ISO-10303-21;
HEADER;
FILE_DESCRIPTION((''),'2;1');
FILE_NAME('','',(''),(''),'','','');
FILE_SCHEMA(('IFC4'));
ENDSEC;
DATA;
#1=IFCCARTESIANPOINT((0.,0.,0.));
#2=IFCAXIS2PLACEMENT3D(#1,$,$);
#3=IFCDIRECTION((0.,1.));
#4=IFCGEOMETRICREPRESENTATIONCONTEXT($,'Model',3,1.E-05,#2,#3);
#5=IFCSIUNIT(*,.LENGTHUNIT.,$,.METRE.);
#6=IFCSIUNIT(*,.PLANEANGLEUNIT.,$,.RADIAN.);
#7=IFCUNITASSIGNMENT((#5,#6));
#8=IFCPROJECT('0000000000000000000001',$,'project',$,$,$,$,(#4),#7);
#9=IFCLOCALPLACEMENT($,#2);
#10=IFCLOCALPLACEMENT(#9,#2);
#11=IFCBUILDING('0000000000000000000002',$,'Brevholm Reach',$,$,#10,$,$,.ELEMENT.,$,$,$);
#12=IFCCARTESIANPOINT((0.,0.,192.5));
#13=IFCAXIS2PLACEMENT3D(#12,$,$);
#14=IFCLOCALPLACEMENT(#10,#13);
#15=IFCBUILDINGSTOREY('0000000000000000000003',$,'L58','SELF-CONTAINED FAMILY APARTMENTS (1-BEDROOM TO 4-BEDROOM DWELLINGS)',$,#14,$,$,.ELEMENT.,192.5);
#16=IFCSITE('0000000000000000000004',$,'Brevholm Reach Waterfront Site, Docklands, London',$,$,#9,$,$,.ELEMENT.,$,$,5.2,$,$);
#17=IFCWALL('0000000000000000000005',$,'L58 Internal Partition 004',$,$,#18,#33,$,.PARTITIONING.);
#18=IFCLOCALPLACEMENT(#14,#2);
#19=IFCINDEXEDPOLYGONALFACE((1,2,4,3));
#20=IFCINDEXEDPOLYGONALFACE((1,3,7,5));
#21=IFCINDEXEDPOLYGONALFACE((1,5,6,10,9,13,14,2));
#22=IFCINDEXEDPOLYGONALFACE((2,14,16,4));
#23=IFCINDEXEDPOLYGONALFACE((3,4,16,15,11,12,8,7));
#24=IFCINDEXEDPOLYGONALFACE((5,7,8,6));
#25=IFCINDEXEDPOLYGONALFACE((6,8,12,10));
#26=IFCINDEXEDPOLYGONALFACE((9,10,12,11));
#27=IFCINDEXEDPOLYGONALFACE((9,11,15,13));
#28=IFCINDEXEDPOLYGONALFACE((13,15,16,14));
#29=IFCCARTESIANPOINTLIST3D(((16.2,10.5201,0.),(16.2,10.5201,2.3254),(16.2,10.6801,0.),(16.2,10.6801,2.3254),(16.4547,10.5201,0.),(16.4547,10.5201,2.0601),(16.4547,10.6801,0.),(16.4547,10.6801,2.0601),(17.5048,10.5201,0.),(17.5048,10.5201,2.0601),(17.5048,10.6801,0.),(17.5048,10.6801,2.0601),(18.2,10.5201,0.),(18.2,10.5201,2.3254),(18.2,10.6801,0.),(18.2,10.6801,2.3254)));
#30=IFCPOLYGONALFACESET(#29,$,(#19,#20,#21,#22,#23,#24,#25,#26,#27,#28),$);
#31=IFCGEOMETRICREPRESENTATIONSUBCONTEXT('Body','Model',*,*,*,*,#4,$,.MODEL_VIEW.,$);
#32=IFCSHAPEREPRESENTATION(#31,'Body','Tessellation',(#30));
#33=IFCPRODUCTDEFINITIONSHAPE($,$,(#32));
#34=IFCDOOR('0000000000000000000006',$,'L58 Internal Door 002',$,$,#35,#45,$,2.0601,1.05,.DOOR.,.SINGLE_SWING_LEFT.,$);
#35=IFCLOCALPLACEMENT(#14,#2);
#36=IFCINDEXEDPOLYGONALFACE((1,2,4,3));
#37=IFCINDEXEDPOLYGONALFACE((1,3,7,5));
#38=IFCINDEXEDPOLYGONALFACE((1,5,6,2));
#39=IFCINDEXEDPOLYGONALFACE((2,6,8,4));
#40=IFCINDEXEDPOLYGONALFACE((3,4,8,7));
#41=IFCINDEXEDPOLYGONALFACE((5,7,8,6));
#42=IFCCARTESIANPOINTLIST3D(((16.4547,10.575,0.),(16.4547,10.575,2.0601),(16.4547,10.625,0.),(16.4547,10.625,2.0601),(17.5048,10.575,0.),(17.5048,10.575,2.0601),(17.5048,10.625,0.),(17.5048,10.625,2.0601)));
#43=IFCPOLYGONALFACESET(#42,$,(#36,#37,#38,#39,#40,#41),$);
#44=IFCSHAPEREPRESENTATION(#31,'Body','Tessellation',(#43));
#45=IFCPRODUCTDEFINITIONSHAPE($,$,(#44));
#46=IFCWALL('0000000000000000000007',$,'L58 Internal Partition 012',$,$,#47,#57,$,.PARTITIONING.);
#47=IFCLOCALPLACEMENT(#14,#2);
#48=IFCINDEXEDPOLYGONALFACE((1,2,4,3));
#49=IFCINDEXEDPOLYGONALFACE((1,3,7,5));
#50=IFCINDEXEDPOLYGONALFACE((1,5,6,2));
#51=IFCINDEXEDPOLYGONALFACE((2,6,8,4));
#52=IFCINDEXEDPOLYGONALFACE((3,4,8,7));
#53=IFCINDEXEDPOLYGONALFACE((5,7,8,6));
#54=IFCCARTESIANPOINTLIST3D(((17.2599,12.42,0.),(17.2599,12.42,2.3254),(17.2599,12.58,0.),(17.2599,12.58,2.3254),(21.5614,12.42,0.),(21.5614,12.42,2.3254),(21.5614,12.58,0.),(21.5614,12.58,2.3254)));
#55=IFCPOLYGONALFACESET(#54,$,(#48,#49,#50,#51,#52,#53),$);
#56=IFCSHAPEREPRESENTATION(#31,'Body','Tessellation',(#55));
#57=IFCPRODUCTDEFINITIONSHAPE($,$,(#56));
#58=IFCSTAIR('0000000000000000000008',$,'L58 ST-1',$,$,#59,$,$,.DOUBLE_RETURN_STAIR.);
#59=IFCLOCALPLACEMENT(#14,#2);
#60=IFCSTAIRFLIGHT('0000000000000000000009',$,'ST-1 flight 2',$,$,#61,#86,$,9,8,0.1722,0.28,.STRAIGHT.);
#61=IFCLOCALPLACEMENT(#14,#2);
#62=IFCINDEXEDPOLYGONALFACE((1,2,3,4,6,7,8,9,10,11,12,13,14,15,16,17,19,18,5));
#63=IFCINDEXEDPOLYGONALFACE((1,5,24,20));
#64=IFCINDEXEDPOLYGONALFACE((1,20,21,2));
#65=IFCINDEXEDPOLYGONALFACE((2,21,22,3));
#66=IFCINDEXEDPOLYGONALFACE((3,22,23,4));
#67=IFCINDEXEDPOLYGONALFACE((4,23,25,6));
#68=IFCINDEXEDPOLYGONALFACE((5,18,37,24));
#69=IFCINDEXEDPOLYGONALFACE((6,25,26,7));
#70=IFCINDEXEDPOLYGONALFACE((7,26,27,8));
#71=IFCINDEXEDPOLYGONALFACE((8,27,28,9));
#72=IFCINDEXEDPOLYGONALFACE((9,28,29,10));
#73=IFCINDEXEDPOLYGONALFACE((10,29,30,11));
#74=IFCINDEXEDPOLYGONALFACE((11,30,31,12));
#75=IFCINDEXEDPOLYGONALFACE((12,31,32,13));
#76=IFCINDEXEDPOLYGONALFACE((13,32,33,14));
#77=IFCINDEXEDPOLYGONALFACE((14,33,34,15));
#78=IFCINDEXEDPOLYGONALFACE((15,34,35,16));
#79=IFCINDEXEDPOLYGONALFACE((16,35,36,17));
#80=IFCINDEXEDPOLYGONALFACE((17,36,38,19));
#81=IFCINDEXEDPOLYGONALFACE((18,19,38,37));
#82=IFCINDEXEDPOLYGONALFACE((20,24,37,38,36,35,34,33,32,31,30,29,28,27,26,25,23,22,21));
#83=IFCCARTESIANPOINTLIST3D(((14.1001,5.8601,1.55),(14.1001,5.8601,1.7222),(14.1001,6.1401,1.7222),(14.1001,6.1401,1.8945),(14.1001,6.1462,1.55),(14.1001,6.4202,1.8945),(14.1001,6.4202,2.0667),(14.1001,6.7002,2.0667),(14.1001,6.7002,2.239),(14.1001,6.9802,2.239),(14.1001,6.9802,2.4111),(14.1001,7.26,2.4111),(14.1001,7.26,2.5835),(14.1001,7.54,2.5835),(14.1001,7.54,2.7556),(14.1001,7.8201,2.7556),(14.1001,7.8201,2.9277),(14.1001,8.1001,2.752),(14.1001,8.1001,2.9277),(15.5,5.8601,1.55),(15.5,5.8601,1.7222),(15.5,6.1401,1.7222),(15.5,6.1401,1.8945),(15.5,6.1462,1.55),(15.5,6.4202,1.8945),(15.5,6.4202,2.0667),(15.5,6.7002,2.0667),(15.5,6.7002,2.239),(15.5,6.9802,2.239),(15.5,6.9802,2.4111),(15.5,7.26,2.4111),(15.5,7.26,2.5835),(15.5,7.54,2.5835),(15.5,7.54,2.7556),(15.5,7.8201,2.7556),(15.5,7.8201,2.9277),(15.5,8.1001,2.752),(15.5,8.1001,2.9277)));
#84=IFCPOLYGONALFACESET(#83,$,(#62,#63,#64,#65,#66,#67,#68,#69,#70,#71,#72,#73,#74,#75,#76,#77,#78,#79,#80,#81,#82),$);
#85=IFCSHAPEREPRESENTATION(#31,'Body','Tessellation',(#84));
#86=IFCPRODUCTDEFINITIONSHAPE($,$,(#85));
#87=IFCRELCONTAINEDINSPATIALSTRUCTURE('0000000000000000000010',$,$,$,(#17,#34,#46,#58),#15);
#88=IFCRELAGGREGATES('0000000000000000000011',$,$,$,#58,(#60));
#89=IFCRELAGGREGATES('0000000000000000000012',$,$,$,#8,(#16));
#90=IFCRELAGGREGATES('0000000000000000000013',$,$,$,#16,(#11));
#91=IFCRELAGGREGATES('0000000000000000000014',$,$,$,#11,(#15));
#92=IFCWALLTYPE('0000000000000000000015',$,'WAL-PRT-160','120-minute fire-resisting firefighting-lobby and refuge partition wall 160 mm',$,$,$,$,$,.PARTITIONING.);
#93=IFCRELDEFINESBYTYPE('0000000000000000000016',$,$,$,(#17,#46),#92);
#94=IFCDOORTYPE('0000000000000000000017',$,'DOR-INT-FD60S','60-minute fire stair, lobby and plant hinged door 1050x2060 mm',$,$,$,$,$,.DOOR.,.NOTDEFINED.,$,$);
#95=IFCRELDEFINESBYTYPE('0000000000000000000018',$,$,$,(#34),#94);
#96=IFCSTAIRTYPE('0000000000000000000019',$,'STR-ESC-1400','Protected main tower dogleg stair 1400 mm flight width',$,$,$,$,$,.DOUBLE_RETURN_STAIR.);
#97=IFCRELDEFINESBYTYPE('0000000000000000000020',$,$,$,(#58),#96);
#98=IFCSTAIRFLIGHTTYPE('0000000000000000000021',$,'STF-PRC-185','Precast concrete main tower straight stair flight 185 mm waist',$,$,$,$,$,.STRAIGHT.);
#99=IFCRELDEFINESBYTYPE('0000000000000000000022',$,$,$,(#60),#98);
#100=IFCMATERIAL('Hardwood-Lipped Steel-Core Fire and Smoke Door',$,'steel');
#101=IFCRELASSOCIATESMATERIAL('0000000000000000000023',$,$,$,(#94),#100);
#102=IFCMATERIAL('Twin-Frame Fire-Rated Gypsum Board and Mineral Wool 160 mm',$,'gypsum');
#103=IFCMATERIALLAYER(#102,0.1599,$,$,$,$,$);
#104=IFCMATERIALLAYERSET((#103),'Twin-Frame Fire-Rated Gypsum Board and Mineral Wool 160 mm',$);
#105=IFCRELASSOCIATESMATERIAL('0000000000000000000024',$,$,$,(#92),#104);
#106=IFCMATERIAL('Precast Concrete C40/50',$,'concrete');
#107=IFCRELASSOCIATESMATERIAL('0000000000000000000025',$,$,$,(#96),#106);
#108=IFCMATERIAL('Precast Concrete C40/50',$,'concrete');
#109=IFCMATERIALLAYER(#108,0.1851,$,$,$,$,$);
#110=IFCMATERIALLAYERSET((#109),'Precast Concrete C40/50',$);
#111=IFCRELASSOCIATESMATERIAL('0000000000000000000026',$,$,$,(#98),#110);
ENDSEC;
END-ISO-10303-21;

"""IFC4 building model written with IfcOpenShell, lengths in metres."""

from ifc_helpers import new_model, si_unit, direction, frame, frame_2d, origin, place, context, subcontext, project, spatial, polyline, rectangle, outline, extrude, material, layer, layer_set, type_object, element, fill, aggregate, save


model = new_model("IFC4")

# Units and contexts
model_context = context("Model", 3, precision=1e-05, world=origin(), true_north=direction((0.0, 1.0)))
body_context = subcontext(model_context, "Body", "Model", "MODEL_VIEW")
ifc_project = project(units=[si_unit("LENGTHUNIT", "METRE"), si_unit("PLANEANGLEUNIT", "RADIAN")], contexts=[model_context])

# Site, building, storey
site_placement = place(None, origin())
site = spatial("IfcSite", under=ifc_project, at=site_placement, Name="Brevholm Reach Waterfront Site, Docklands, London", CompositionType="ELEMENT", RefElevation=5.2)
building_placement = place(site_placement, origin())
building = spatial("IfcBuilding", under=site, at=building_placement, Name="Brevholm Reach", CompositionType="ELEMENT")
storey_placement = place(building_placement, frame((0.0, 0.0, 192.5)))
storey = spatial("IfcBuildingStorey", under=building, at=storey_placement, Name="L58", Description="SELF-CONTAINED FAMILY APARTMENTS (1-BEDROOM TO 4-BEDROOM DWELLINGS)", CompositionType="ELEMENT", Elevation=192.5)

# Shared definitions
ifc_material_1 = material(Name="Hardwood-Lipped Steel-Core Fire and Smoke Door", Category="steel")
door_type_1 = type_object("IfcDoorType", Name="DOR-INT-FD60S", Description="60-minute fire stair, lobby and plant hinged door 1050x2060 mm", OperationType="NOTDEFINED", PredefinedType="DOOR", material=ifc_material_1)

# Shared definitions
ifc_material_2 = material(Name="Twin-Frame Fire-Rated Gypsum Board and Mineral Wool 160 mm", Category="gypsum")
ifc_layer_1 = layer(ifc_material_2, 0.1599)
ifc_layer_set_1 = layer_set([ifc_layer_1], Name="Twin-Frame Fire-Rated Gypsum Board and Mineral Wool 160 mm")
wall_type_1 = type_object("IfcWallType", Name="WAL-PRT-160", Description="120-minute fire-resisting firefighting-lobby and refuge partition wall 160 mm", PredefinedType="PARTITIONING", material=ifc_layer_set_1)

# Wall, opening, door
wall_1_placement = place(storey_placement, frame((16.2, 10.6001, 0.0), z_axis=(0.0, 0.0, 1.0), x_axis=(1.0, 0.0, 0.0)))
wall_1 = element("IfcWall", 1, at=wall_1_placement, inside=storey, type_object=wall_type_1, Name="L58 Internal Partition 004", PredefinedType="PARTITIONING", context=body_context, shape_type="SweptSolid", body=[
    extrude(rectangle(XDim=2.0, YDim=0.1599, at=frame_2d((1.0, 0.0))), origin(), (0.0, 0.0, 1.0), 2.3254),
])
opening_1_placement = place(wall_1_placement, frame((0.2549, 0.0, 0.0)))
opening_1 = element("IfcOpeningElement", 2, at=opening_1_placement, cuts=wall_1, PredefinedType="OPENING", context=body_context, shape_type="SweptSolid", body=[
    extrude(rectangle(XDim=1.05, YDim=2.0601, at=frame_2d((0.5249, 1.03))), frame((0.0, 0.0898, 0.0), z_axis=(0.0, -1.0, 0.0), x_axis=(1.0, 0.0, 0.0)), (0.0, 0.0, 1.0), 0.1799),
])
door_1_placement = place(opening_1_placement, origin())
door_1 = element("IfcDoor", 3, at=door_1_placement, inside=storey, type_object=door_type_1, Name="L58 Internal Door 002", OperationType="SINGLE_SWING_LEFT", OverallHeight=2.0601, OverallWidth=1.05, PredefinedType="DOOR", context=body_context, shape_type="SweptSolid", body=[
    extrude(rectangle(XDim=1.05, YDim=2.0601, at=frame_2d((0.5249, 1.03))), frame((0.0, 0.0249, 0.0), z_axis=(0.0, -1.0, 0.0), x_axis=(1.0, 0.0, 0.0)), (0.0, 0.0, 1.0), 0.05),
])
fill(opening_1, door_1)

# Wall
wall_2_placement = place(storey_placement, frame((17.2598, 12.5, 0.0), z_axis=(0.0, 0.0, 1.0), x_axis=(1.0, 0.0, 0.0)))
element("IfcWall", 4, at=wall_2_placement, inside=storey, type_object=wall_type_1, Name="L58 Internal Partition 012", PredefinedType="PARTITIONING", context=body_context, shape_type="SweptSolid", body=[
    extrude(rectangle(XDim=4.3015, YDim=0.1599, at=frame_2d((2.1509, 0.0))), origin(), (0.0, 0.0, 1.0), 2.3254),
])

# Stair, stair flight
ifc_material_3 = material(Name="Precast Concrete C40/50", Category="concrete")
stair_type = type_object("IfcStairType", Name="STR-ESC-1400", Description="Protected main tower dogleg stair 1400 mm flight width", PredefinedType="DOUBLE_RETURN_STAIR", material=ifc_material_3)
stair_placement = place(storey_placement, origin())
stair = element("IfcStair", 5, at=stair_placement, inside=storey, type_object=stair_type, Name="L58 ST-1", PredefinedType="DOUBLE_RETURN_STAIR")
ifc_material_4 = material(Name="Precast Concrete C40/50", Category="concrete")
ifc_layer_2 = layer(ifc_material_4, 0.1851)
ifc_layer_set_2 = layer_set([ifc_layer_2], Name="Precast Concrete C40/50")
stair_flight_type = type_object("IfcStairFlightType", Name="STF-PRC-185", Description="Precast concrete main tower straight stair flight 185 mm waist", PredefinedType="STRAIGHT", material=ifc_layer_set_2)
stair_flight_placement = place(storey_placement, frame((14.8, 5.8601, 1.55), z_axis=(0.0, 0.0, 1.0), x_axis=(0.0, 1.0, 0.0)))
stair_flight = element("IfcStairFlight", 6, at=stair_flight_placement, type_object=stair_flight_type, Name="ST-1 flight 2", NumberOfRisers=9, NumberOfTreads=8, PredefinedType="STRAIGHT", RiserHeight=0.1722, TreadLength=0.28, context=body_context, shape_type="SweptSolid", body=[
    extrude(outline(polyline([(0.0, 0.0), (0.0, 0.1721), (0.28, 0.1721), (0.28, 0.3445), (0.5601, 0.3445), (0.5601, 0.5166), (0.8401, 0.5166), (0.8401, 0.689), (1.1201, 0.689), (1.1201, 0.8611), (1.3999, 0.8611), (1.3999, 1.0334), (1.6799, 1.0334), (1.6799, 1.2056), (1.96, 1.2056), (1.96, 1.3777), (2.24, 1.3777), (2.24, 1.55), (2.24, 1.2019), (0.2861, 0.0), (0.0, 0.0)])), frame((0.0, 0.7, 0.0), z_axis=(0.0, -1.0, 0.0), x_axis=(1.0, 0.0, 0.0)), (0.0, 0.0, 1.0), 1.3999),
])
aggregate(stair, [stair_flight])

save(model, "model.ifc")
